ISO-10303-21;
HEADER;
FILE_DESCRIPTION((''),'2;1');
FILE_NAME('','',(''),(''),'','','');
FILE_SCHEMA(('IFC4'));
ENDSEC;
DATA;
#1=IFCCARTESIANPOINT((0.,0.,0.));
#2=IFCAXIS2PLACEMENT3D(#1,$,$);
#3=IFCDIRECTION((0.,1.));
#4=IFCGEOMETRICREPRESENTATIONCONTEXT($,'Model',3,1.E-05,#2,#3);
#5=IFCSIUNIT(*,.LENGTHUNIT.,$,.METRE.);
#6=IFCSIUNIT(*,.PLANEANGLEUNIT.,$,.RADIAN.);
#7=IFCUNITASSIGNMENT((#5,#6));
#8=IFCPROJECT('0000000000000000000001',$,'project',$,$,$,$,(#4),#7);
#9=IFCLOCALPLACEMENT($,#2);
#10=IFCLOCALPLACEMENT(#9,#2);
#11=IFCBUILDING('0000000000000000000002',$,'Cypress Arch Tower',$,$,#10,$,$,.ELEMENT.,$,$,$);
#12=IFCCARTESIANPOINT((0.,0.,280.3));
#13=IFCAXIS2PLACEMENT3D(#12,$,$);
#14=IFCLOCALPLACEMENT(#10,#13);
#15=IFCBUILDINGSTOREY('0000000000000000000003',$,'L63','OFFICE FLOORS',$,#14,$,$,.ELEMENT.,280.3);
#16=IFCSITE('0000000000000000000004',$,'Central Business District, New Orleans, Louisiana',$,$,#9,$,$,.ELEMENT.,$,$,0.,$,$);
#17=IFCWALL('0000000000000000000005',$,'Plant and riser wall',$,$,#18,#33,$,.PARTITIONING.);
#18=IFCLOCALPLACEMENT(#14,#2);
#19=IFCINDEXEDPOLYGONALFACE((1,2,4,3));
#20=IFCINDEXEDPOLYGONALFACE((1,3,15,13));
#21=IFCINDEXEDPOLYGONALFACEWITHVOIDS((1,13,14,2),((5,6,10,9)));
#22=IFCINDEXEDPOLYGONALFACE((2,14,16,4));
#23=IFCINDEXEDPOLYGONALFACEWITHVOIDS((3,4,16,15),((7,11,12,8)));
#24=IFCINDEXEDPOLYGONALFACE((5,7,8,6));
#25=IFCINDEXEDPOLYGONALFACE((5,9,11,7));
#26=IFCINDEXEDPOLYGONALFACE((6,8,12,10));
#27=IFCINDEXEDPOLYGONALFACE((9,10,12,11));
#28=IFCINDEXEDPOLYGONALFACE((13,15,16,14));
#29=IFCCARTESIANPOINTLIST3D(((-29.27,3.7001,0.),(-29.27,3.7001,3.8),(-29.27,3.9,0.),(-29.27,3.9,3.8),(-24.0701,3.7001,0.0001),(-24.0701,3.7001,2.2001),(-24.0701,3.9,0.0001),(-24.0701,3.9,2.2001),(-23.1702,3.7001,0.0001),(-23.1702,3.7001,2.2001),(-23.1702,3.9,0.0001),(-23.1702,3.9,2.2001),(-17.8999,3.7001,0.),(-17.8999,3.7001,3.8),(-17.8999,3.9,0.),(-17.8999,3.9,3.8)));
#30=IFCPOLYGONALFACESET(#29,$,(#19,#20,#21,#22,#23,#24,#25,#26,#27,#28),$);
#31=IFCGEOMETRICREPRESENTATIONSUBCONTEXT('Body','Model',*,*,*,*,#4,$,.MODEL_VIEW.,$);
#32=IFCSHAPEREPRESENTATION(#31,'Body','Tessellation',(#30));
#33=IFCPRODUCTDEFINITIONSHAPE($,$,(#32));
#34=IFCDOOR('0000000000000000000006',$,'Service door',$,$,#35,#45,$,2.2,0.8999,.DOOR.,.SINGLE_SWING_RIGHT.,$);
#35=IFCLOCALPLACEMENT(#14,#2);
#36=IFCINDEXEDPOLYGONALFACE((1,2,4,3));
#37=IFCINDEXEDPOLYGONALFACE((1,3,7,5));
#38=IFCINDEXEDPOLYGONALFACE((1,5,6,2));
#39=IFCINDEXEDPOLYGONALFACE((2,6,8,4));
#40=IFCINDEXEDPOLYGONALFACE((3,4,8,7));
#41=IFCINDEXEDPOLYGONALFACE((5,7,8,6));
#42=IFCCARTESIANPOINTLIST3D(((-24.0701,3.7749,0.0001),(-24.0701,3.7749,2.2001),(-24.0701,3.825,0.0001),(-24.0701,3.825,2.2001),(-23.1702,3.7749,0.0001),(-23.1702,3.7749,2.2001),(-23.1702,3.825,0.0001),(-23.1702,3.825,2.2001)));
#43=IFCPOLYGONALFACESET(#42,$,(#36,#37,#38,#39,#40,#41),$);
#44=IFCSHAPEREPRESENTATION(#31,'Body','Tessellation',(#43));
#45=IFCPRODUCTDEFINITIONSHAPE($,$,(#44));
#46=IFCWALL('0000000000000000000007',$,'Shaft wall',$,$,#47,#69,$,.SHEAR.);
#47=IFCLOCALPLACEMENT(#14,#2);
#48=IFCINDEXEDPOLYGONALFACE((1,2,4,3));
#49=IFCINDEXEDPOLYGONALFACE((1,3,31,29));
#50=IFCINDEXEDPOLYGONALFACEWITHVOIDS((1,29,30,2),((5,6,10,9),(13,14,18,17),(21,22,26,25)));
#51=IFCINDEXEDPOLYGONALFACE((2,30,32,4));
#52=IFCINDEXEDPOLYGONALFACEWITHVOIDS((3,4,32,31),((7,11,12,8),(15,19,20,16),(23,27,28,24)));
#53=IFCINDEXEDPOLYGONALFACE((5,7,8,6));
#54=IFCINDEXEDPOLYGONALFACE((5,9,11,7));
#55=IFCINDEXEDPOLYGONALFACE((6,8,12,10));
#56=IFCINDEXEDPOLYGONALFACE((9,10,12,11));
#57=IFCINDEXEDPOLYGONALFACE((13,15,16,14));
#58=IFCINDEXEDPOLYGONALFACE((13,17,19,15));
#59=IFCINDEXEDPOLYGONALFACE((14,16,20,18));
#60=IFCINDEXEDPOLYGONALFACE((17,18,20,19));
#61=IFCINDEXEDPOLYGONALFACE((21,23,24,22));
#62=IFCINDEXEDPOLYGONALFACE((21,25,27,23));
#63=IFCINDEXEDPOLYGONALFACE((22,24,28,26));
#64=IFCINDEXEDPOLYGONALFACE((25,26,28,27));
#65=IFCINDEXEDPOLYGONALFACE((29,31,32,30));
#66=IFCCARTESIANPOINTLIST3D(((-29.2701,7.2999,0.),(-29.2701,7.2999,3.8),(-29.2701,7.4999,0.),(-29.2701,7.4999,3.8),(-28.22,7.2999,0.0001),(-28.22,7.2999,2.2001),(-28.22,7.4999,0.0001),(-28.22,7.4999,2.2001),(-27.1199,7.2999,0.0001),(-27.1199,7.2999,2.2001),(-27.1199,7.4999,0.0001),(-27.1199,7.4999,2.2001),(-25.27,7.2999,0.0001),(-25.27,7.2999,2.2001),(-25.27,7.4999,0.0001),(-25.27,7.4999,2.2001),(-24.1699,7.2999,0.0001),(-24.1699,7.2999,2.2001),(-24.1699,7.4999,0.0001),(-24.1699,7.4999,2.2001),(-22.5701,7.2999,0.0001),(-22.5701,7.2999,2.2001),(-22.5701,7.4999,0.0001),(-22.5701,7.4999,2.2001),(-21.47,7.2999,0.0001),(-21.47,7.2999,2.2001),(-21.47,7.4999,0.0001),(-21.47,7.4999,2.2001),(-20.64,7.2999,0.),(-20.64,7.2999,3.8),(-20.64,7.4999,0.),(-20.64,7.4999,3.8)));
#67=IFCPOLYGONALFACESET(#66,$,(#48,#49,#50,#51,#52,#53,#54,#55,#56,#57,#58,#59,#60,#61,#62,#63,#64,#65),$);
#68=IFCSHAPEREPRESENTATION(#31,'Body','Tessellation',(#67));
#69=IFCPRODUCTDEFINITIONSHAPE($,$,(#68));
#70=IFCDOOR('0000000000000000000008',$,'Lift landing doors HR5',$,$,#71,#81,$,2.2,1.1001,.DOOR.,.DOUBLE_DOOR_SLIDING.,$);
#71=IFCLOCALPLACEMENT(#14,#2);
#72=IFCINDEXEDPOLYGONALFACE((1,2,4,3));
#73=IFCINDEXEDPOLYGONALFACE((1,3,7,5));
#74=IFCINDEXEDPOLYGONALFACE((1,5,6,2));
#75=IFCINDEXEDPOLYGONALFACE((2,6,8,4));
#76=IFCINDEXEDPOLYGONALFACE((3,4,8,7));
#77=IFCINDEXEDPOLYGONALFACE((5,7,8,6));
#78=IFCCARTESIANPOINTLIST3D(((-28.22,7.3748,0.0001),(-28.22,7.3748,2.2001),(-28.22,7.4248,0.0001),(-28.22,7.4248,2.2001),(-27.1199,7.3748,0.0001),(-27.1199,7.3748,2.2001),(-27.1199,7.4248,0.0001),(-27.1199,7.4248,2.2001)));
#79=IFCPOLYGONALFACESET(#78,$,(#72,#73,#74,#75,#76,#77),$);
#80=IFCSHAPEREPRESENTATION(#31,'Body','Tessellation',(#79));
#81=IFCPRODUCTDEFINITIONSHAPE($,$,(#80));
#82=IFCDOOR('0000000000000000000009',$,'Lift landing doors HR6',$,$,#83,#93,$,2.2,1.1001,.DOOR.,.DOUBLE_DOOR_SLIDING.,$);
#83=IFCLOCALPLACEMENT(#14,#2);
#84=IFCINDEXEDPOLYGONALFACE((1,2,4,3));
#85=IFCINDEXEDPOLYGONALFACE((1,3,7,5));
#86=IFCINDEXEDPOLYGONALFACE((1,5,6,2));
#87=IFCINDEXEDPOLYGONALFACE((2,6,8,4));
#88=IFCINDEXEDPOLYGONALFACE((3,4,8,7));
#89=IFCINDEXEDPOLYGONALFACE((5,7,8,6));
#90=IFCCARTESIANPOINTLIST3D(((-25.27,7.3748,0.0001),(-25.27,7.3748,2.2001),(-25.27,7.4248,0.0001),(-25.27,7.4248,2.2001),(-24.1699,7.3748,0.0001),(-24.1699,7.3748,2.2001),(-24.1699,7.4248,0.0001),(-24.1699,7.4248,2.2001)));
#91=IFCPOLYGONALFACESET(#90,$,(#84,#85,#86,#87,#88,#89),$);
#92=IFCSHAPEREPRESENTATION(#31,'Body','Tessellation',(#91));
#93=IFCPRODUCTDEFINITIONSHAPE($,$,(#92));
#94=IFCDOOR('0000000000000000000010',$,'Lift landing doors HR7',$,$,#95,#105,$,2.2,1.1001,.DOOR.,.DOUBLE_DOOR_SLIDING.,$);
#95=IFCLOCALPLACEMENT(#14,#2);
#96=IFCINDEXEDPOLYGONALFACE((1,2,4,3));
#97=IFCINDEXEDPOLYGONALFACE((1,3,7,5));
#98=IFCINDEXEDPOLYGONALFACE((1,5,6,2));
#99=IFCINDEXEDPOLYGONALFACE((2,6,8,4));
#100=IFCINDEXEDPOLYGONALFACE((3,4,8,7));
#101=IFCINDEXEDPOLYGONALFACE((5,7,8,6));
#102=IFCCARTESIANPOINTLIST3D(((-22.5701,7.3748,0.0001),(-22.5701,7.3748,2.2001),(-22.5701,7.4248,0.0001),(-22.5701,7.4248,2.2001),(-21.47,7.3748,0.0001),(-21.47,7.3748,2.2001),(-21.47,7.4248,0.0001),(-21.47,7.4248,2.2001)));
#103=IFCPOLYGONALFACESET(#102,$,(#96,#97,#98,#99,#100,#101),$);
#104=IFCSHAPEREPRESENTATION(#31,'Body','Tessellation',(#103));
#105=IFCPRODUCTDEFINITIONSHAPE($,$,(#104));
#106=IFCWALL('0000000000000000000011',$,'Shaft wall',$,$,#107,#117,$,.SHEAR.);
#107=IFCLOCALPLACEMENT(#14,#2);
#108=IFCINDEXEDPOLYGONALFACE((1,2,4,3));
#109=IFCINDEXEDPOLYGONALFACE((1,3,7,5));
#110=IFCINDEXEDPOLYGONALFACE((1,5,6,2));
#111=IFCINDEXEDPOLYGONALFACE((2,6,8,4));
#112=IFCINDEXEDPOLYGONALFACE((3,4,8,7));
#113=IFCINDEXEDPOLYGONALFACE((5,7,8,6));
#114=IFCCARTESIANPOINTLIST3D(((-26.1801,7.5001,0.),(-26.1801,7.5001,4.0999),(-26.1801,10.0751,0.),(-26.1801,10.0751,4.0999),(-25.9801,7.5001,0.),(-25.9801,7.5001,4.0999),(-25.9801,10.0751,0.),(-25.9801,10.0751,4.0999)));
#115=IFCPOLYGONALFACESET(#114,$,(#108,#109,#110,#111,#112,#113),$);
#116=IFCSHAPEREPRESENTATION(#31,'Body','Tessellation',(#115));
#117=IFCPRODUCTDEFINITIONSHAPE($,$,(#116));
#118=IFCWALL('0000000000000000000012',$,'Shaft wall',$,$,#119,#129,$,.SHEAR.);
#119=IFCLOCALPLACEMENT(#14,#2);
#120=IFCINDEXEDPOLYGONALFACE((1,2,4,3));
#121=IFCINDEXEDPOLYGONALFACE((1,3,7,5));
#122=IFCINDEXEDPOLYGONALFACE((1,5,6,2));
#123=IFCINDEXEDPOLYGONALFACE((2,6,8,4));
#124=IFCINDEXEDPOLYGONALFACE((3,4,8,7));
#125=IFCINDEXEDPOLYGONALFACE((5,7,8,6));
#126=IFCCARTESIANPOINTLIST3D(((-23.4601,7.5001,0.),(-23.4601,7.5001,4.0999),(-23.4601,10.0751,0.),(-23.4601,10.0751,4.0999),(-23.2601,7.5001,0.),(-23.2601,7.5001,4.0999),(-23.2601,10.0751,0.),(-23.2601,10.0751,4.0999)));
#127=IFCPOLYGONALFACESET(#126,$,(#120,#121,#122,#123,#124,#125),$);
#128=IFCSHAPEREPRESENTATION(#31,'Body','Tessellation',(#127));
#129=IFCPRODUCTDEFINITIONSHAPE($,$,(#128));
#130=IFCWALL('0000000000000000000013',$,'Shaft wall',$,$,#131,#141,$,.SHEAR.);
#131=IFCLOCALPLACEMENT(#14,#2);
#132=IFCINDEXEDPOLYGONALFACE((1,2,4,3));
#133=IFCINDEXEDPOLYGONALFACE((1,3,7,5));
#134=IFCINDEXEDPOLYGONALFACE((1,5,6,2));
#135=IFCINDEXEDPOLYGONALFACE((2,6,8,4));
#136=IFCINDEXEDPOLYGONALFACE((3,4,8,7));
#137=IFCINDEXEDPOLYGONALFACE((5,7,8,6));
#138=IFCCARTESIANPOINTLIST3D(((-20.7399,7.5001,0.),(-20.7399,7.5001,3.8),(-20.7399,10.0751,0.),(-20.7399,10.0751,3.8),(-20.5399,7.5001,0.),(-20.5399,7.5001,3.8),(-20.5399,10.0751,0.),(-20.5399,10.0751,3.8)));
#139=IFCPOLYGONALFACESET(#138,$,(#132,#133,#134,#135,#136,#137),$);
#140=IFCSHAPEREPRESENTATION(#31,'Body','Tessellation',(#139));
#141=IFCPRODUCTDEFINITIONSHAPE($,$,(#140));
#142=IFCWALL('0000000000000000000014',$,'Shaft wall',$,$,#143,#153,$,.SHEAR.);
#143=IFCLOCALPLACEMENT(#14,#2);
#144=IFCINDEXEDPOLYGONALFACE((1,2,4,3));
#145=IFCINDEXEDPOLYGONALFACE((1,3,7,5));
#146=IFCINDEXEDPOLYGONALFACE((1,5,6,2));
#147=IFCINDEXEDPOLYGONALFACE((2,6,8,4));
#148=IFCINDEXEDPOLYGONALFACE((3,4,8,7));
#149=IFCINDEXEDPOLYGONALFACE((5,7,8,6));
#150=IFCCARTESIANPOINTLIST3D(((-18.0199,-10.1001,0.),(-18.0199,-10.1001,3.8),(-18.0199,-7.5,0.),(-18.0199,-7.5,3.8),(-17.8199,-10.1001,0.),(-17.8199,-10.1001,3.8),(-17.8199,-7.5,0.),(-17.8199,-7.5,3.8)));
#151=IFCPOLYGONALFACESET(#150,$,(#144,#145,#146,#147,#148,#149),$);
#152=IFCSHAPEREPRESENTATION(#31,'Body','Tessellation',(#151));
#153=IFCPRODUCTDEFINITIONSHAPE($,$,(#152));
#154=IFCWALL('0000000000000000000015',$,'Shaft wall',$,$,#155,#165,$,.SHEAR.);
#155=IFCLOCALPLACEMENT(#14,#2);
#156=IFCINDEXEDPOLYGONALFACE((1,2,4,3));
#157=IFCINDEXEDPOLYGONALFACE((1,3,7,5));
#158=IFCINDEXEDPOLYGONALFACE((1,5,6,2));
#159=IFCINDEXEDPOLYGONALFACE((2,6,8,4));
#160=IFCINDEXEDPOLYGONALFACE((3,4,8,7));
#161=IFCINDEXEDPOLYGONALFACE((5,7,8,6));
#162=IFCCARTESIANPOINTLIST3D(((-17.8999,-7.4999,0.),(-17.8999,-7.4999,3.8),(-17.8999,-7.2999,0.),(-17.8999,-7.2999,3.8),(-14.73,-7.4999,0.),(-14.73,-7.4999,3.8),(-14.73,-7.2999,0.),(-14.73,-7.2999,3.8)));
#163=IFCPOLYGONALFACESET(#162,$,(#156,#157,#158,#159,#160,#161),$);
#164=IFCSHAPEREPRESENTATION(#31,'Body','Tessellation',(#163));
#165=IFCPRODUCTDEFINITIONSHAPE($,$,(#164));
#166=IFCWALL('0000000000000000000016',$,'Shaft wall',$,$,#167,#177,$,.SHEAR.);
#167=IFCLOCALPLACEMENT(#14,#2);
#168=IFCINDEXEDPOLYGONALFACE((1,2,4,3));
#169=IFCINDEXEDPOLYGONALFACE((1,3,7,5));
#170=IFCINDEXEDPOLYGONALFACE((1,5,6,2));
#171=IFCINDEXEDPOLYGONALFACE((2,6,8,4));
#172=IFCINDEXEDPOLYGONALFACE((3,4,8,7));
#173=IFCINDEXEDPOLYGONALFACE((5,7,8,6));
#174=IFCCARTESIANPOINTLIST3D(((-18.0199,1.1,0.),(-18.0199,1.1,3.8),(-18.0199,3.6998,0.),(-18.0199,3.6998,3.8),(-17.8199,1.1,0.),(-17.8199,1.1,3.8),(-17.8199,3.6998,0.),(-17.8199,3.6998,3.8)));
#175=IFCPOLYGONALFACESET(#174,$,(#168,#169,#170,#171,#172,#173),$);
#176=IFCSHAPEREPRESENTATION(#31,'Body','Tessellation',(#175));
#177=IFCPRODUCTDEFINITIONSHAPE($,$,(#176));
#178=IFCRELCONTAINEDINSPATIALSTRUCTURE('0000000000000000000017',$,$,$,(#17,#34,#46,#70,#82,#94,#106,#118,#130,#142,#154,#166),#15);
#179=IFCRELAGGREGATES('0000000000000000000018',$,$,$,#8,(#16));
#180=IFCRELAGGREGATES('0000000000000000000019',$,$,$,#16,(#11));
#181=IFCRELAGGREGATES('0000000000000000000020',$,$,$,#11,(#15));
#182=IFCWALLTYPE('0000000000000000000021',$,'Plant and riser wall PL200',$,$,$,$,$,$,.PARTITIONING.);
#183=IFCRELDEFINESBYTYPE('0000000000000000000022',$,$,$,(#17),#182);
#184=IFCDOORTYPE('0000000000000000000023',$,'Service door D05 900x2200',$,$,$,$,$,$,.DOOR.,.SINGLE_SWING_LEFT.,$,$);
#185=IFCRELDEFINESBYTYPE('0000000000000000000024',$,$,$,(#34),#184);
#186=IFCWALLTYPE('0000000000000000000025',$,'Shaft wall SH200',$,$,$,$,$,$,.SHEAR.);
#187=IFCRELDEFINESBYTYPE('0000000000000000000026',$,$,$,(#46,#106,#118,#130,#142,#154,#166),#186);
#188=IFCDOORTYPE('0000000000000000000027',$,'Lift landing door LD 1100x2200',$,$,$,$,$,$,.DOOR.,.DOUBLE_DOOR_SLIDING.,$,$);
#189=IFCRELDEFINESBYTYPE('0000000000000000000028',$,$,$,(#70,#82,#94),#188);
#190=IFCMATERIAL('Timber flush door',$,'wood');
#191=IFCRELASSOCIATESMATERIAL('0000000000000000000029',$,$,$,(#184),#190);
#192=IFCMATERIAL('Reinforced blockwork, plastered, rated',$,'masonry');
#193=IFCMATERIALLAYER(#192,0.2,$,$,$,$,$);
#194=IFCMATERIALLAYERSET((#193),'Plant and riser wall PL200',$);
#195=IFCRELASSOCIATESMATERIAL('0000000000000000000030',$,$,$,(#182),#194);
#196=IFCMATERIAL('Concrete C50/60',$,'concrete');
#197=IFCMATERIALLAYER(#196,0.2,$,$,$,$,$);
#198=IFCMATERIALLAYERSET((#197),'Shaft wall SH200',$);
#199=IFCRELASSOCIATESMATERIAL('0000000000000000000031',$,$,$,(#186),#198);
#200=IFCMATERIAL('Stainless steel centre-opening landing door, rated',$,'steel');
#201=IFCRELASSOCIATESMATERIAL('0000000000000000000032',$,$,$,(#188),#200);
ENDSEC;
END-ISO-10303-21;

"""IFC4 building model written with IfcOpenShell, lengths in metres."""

from ifc_helpers import new_model, si_unit, direction, frame, frame_2d, origin, place, context, subcontext, project, spatial, rectangle, extrude, material, layer, layer_set, type_object, element, fill, save


model = new_model("IFC4")

# Units and contexts
model_context = context("Model", 3, precision=1e-05, world=origin(), true_north=direction((0.0, 1.0)))
body_context = subcontext(model_context, "Body", "Model", "MODEL_VIEW")
ifc_project = project(units=[si_unit("LENGTHUNIT", "METRE"), si_unit("PLANEANGLEUNIT", "RADIAN")], contexts=[model_context])

# Site, building, storey
site_placement = place(None, origin())
site = spatial("IfcSite", under=ifc_project, at=site_placement, Name="Central Business District, New Orleans, Louisiana", CompositionType="ELEMENT", RefElevation=0.0)
building_placement = place(site_placement, origin())
building = spatial("IfcBuilding", under=site, at=building_placement, Name="Cypress Arch Tower", CompositionType="ELEMENT")
storey_placement = place(building_placement, frame((0.0, 0.0, 280.3)))
storey = spatial("IfcBuildingStorey", under=building, at=storey_placement, Name="L63", Description="OFFICE FLOORS", CompositionType="ELEMENT", Elevation=280.3)

# Shared definitions
ifc_material_1 = material(Name="Timber flush door", Category="wood")
door_type_1 = type_object("IfcDoorType", Name="Service door D05 900x2200", OperationType="SINGLE_SWING_LEFT", PredefinedType="DOOR", material=ifc_material_1)

# Shared definitions
ifc_material_2 = material(Name="Reinforced blockwork, plastered, rated", Category="masonry")
ifc_layer_1 = layer(ifc_material_2, 0.2)
ifc_layer_set_1 = layer_set([ifc_layer_1], Name="Plant and riser wall PL200")
wall_type_1 = type_object("IfcWallType", Name="Plant and riser wall PL200", PredefinedType="PARTITIONING", material=ifc_layer_set_1)

# Wall, opening, door
wall_1_placement = place(storey_placement, frame((-29.27, 3.8, 0.0), z_axis=(0.0, 0.0, 1.0), x_axis=(1.0, 0.0, 0.0)))
wall_1 = element("IfcWall", 1, at=wall_1_placement, inside=storey, type_object=wall_type_1, Name="Plant and riser wall", PredefinedType="PARTITIONING", context=body_context, shape_type="SweptSolid", body=[
    extrude(rectangle(XDim=11.3701, YDim=0.2, at=frame_2d((5.6851, 0.0))), origin(), (0.0, 0.0, 1.0), 3.8),
])
opening_1_placement = place(wall_1_placement, frame((5.2, 0.0, 0.0)))
opening_1 = element("IfcOpeningElement", 2, at=opening_1_placement, cuts=wall_1, PredefinedType="OPENING", context=body_context, shape_type="SweptSolid", body=[
    extrude(rectangle(XDim=0.8999, YDim=2.2, at=frame_2d((0.45, 1.1001))), frame((0.0, 0.1099, 0.0), z_axis=(0.0, -1.0, 0.0), x_axis=(1.0, 0.0, 0.0)), (0.0, 0.0, 1.0), 0.22),
])
door_1_placement = place(opening_1_placement, origin())
door_1 = element("IfcDoor", 3, at=door_1_placement, inside=storey, type_object=door_type_1, Name="Service door", OperationType="SINGLE_SWING_RIGHT", OverallHeight=2.2, OverallWidth=0.8999, PredefinedType="DOOR", context=body_context, shape_type="SweptSolid", body=[
    extrude(rectangle(XDim=0.8999, YDim=2.2, at=frame_2d((0.45, 1.1001))), frame((0.0, 0.0249, 0.0), z_axis=(0.0, -1.0, 0.0), x_axis=(1.0, 0.0, 0.0)), (0.0, 0.0, 1.0), 0.05),
])
fill(opening_1, door_1)

# Wall, openings, doors
ifc_material_3 = material(Name="Concrete C50/60", Category="concrete")
ifc_layer_2 = layer(ifc_material_3, 0.2)
ifc_layer_set_2 = layer_set([ifc_layer_2], Name="Shaft wall SH200")
wall_type_2 = type_object("IfcWallType", Name="Shaft wall SH200", PredefinedType="SHEAR", material=ifc_layer_set_2)
wall_2_placement = place(storey_placement, frame((-29.27, 7.3999, 0.0), z_axis=(0.0, 0.0, 1.0), x_axis=(1.0, 0.0, 0.0)))
wall_2 = element("IfcWall", 4, at=wall_2_placement, inside=storey, type_object=wall_type_2, Name="Shaft wall", PredefinedType="SHEAR", context=body_context, shape_type="SweptSolid", body=[
    extrude(rectangle(XDim=8.6301, YDim=0.2, at=frame_2d((4.3149, 0.0))), origin(), (0.0, 0.0, 1.0), 3.8),
])
opening_2_placement = place(wall_2_placement, frame((1.05, 0.0, 0.0)))
opening_2 = element("IfcOpeningElement", 5, at=opening_2_placement, cuts=wall_2, PredefinedType="OPENING", context=body_context, shape_type="SweptSolid", body=[
    extrude(rectangle(XDim=1.1001, YDim=2.2, at=frame_2d((0.55, 1.1001))), frame((0.0, 0.1099, 0.0), z_axis=(0.0, -1.0, 0.0), x_axis=(1.0, 0.0, 0.0)), (0.0, 0.0, 1.0), 0.22),
])
opening_3_placement = place(wall_2_placement, frame((4.0, 0.0, 0.0)))
opening_3 = element("IfcOpeningElement", 6, at=opening_3_placement, cuts=wall_2, PredefinedType="OPENING", context=body_context, shape_type="SweptSolid", body=[
    extrude(rectangle(XDim=1.1001, YDim=2.2, at=frame_2d((0.55, 1.1001))), frame((0.0, 0.1099, 0.0), z_axis=(0.0, -1.0, 0.0), x_axis=(1.0, 0.0, 0.0)), (0.0, 0.0, 1.0), 0.22),
])
opening_4_placement = place(wall_2_placement, frame((6.7, 0.0, 0.0)))
opening_4 = element("IfcOpeningElement", 7, at=opening_4_placement, cuts=wall_2, PredefinedType="OPENING", context=body_context, shape_type="SweptSolid", body=[
    extrude(rectangle(XDim=1.1001, YDim=2.2, at=frame_2d((0.55, 1.1001))), frame((0.0, 0.1099, 0.0), z_axis=(0.0, -1.0, 0.0), x_axis=(1.0, 0.0, 0.0)), (0.0, 0.0, 1.0), 0.22),
])
ifc_material_4 = material(Name="Stainless steel centre-opening landing door, rated", Category="steel")
door_type_2 = type_object("IfcDoorType", Name="Lift landing door LD 1100x2200", OperationType="DOUBLE_DOOR_SLIDING", PredefinedType="DOOR", material=ifc_material_4)
door_2_placement = place(opening_2_placement, origin())
door_2 = element("IfcDoor", 8, at=door_2_placement, inside=storey, type_object=door_type_2, Name="Lift landing doors HR5", OperationType="DOUBLE_DOOR_SLIDING", OverallHeight=2.2, OverallWidth=1.1001, PredefinedType="DOOR", context=body_context, shape_type="SweptSolid", body=[
    extrude(rectangle(XDim=1.1001, YDim=2.2, at=frame_2d((0.55, 1.1001))), frame((0.0, 0.0249, 0.0), z_axis=(0.0, -1.0, 0.0), x_axis=(1.0, 0.0, 0.0)), (0.0, 0.0, 1.0), 0.05),
])
fill(opening_2, door_2)
door_3_placement = place(opening_3_placement, origin())
door_3 = element("IfcDoor", 9, at=door_3_placement, inside=storey, type_object=door_type_2, Name="Lift landing doors HR6", OperationType="DOUBLE_DOOR_SLIDING", OverallHeight=2.2, OverallWidth=1.1001, PredefinedType="DOOR", context=body_context, shape_type="SweptSolid", body=[
    extrude(rectangle(XDim=1.1001, YDim=2.2, at=frame_2d((0.55, 1.1001))), frame((0.0, 0.0249, 0.0), z_axis=(0.0, -1.0, 0.0), x_axis=(1.0, 0.0, 0.0)), (0.0, 0.0, 1.0), 0.05),
])
fill(opening_3, door_3)
door_4_placement = place(opening_4_placement, origin())
door_4 = element("IfcDoor", 10, at=door_4_placement, inside=storey, type_object=door_type_2, Name="Lift landing doors HR7", OperationType="DOUBLE_DOOR_SLIDING", OverallHeight=2.2, OverallWidth=1.1001, PredefinedType="DOOR", context=body_context, shape_type="SweptSolid", body=[
    extrude(rectangle(XDim=1.1001, YDim=2.2, at=frame_2d((0.55, 1.1001))), frame((0.0, 0.0249, 0.0), z_axis=(0.0, -1.0, 0.0), x_axis=(1.0, 0.0, 0.0)), (0.0, 0.0, 1.0), 0.05),
])
fill(opening_4, door_4)

# Walls
for number, where, z_axis, x_axis, name in (
    (11, (-26.0801, 7.5, 0.0), (0.0, 0.0, 1.0), (0.0, 1.0, 0.0), "Shaft wall"),
    (12, (-23.3601, 7.5, 0.0), (0.0, 0.0, 1.0), (0.0, 1.0, 0.0), "Shaft wall"),
):
    element("IfcWall", number, at=place(storey_placement, frame(where, z_axis=z_axis, x_axis=x_axis)), inside=storey, type_object=wall_type_2, Name=name, PredefinedType="SHEAR", context=body_context, shape_type="SweptSolid", body=[
        extrude(rectangle(XDim=2.575, YDim=0.2, at=frame_2d((1.2876, 0.0))), origin(), (0.0, 0.0, 1.0), 4.0999),
    ])
wall_3_placement = place(storey_placement, frame((-20.6399, 7.5, 0.0), z_axis=(0.0, 0.0, 1.0), x_axis=(0.0, 1.0, 0.0)))
element("IfcWall", 13, at=wall_3_placement, inside=storey, type_object=wall_type_2, Name="Shaft wall", PredefinedType="SHEAR", context=body_context, shape_type="SweptSolid", body=[
    extrude(rectangle(XDim=2.575, YDim=0.2, at=frame_2d((1.2876, 0.0))), origin(), (0.0, 0.0, 1.0), 3.8),
])
wall_4_placement = place(storey_placement, frame((-17.9199, -10.1001, 0.0), z_axis=(0.0, 0.0, 1.0), x_axis=(0.0, 1.0, 0.0)))
element("IfcWall", 14, at=wall_4_placement, inside=storey, type_object=wall_type_2, Name="Shaft wall", PredefinedType="SHEAR", context=body_context, shape_type="SweptSolid", body=[
    extrude(rectangle(XDim=2.6001, YDim=0.2, at=frame_2d((1.3, 0.0))), origin(), (0.0, 0.0, 1.0), 3.8),
])
wall_5_placement = place(storey_placement, frame((-17.8999, -7.3999, 0.0), z_axis=(0.0, 0.0, 1.0), x_axis=(1.0, 0.0, 0.0)))
element("IfcWall", 15, at=wall_5_placement, inside=storey, type_object=wall_type_2, Name="Shaft wall", PredefinedType="SHEAR", context=body_context, shape_type="SweptSolid", body=[
    extrude(rectangle(XDim=3.1699, YDim=0.2, at=frame_2d((1.585, 0.0))), origin(), (0.0, 0.0, 1.0), 3.8),
])
wall_6_placement = place(storey_placement, frame((-17.9199, 1.1001, 0.0), z_axis=(0.0, 0.0, 1.0), x_axis=(0.0, 1.0, 0.0)))
element("IfcWall", 16, at=wall_6_placement, inside=storey, type_object=wall_type_2, Name="Shaft wall", PredefinedType="SHEAR", context=body_context, shape_type="SweptSolid", body=[
    extrude(rectangle(XDim=2.5999, YDim=0.2, at=frame_2d((1.2998, 0.0))), origin(), (0.0, 0.0, 1.0), 3.8),
])

save(model, "model.ifc")
